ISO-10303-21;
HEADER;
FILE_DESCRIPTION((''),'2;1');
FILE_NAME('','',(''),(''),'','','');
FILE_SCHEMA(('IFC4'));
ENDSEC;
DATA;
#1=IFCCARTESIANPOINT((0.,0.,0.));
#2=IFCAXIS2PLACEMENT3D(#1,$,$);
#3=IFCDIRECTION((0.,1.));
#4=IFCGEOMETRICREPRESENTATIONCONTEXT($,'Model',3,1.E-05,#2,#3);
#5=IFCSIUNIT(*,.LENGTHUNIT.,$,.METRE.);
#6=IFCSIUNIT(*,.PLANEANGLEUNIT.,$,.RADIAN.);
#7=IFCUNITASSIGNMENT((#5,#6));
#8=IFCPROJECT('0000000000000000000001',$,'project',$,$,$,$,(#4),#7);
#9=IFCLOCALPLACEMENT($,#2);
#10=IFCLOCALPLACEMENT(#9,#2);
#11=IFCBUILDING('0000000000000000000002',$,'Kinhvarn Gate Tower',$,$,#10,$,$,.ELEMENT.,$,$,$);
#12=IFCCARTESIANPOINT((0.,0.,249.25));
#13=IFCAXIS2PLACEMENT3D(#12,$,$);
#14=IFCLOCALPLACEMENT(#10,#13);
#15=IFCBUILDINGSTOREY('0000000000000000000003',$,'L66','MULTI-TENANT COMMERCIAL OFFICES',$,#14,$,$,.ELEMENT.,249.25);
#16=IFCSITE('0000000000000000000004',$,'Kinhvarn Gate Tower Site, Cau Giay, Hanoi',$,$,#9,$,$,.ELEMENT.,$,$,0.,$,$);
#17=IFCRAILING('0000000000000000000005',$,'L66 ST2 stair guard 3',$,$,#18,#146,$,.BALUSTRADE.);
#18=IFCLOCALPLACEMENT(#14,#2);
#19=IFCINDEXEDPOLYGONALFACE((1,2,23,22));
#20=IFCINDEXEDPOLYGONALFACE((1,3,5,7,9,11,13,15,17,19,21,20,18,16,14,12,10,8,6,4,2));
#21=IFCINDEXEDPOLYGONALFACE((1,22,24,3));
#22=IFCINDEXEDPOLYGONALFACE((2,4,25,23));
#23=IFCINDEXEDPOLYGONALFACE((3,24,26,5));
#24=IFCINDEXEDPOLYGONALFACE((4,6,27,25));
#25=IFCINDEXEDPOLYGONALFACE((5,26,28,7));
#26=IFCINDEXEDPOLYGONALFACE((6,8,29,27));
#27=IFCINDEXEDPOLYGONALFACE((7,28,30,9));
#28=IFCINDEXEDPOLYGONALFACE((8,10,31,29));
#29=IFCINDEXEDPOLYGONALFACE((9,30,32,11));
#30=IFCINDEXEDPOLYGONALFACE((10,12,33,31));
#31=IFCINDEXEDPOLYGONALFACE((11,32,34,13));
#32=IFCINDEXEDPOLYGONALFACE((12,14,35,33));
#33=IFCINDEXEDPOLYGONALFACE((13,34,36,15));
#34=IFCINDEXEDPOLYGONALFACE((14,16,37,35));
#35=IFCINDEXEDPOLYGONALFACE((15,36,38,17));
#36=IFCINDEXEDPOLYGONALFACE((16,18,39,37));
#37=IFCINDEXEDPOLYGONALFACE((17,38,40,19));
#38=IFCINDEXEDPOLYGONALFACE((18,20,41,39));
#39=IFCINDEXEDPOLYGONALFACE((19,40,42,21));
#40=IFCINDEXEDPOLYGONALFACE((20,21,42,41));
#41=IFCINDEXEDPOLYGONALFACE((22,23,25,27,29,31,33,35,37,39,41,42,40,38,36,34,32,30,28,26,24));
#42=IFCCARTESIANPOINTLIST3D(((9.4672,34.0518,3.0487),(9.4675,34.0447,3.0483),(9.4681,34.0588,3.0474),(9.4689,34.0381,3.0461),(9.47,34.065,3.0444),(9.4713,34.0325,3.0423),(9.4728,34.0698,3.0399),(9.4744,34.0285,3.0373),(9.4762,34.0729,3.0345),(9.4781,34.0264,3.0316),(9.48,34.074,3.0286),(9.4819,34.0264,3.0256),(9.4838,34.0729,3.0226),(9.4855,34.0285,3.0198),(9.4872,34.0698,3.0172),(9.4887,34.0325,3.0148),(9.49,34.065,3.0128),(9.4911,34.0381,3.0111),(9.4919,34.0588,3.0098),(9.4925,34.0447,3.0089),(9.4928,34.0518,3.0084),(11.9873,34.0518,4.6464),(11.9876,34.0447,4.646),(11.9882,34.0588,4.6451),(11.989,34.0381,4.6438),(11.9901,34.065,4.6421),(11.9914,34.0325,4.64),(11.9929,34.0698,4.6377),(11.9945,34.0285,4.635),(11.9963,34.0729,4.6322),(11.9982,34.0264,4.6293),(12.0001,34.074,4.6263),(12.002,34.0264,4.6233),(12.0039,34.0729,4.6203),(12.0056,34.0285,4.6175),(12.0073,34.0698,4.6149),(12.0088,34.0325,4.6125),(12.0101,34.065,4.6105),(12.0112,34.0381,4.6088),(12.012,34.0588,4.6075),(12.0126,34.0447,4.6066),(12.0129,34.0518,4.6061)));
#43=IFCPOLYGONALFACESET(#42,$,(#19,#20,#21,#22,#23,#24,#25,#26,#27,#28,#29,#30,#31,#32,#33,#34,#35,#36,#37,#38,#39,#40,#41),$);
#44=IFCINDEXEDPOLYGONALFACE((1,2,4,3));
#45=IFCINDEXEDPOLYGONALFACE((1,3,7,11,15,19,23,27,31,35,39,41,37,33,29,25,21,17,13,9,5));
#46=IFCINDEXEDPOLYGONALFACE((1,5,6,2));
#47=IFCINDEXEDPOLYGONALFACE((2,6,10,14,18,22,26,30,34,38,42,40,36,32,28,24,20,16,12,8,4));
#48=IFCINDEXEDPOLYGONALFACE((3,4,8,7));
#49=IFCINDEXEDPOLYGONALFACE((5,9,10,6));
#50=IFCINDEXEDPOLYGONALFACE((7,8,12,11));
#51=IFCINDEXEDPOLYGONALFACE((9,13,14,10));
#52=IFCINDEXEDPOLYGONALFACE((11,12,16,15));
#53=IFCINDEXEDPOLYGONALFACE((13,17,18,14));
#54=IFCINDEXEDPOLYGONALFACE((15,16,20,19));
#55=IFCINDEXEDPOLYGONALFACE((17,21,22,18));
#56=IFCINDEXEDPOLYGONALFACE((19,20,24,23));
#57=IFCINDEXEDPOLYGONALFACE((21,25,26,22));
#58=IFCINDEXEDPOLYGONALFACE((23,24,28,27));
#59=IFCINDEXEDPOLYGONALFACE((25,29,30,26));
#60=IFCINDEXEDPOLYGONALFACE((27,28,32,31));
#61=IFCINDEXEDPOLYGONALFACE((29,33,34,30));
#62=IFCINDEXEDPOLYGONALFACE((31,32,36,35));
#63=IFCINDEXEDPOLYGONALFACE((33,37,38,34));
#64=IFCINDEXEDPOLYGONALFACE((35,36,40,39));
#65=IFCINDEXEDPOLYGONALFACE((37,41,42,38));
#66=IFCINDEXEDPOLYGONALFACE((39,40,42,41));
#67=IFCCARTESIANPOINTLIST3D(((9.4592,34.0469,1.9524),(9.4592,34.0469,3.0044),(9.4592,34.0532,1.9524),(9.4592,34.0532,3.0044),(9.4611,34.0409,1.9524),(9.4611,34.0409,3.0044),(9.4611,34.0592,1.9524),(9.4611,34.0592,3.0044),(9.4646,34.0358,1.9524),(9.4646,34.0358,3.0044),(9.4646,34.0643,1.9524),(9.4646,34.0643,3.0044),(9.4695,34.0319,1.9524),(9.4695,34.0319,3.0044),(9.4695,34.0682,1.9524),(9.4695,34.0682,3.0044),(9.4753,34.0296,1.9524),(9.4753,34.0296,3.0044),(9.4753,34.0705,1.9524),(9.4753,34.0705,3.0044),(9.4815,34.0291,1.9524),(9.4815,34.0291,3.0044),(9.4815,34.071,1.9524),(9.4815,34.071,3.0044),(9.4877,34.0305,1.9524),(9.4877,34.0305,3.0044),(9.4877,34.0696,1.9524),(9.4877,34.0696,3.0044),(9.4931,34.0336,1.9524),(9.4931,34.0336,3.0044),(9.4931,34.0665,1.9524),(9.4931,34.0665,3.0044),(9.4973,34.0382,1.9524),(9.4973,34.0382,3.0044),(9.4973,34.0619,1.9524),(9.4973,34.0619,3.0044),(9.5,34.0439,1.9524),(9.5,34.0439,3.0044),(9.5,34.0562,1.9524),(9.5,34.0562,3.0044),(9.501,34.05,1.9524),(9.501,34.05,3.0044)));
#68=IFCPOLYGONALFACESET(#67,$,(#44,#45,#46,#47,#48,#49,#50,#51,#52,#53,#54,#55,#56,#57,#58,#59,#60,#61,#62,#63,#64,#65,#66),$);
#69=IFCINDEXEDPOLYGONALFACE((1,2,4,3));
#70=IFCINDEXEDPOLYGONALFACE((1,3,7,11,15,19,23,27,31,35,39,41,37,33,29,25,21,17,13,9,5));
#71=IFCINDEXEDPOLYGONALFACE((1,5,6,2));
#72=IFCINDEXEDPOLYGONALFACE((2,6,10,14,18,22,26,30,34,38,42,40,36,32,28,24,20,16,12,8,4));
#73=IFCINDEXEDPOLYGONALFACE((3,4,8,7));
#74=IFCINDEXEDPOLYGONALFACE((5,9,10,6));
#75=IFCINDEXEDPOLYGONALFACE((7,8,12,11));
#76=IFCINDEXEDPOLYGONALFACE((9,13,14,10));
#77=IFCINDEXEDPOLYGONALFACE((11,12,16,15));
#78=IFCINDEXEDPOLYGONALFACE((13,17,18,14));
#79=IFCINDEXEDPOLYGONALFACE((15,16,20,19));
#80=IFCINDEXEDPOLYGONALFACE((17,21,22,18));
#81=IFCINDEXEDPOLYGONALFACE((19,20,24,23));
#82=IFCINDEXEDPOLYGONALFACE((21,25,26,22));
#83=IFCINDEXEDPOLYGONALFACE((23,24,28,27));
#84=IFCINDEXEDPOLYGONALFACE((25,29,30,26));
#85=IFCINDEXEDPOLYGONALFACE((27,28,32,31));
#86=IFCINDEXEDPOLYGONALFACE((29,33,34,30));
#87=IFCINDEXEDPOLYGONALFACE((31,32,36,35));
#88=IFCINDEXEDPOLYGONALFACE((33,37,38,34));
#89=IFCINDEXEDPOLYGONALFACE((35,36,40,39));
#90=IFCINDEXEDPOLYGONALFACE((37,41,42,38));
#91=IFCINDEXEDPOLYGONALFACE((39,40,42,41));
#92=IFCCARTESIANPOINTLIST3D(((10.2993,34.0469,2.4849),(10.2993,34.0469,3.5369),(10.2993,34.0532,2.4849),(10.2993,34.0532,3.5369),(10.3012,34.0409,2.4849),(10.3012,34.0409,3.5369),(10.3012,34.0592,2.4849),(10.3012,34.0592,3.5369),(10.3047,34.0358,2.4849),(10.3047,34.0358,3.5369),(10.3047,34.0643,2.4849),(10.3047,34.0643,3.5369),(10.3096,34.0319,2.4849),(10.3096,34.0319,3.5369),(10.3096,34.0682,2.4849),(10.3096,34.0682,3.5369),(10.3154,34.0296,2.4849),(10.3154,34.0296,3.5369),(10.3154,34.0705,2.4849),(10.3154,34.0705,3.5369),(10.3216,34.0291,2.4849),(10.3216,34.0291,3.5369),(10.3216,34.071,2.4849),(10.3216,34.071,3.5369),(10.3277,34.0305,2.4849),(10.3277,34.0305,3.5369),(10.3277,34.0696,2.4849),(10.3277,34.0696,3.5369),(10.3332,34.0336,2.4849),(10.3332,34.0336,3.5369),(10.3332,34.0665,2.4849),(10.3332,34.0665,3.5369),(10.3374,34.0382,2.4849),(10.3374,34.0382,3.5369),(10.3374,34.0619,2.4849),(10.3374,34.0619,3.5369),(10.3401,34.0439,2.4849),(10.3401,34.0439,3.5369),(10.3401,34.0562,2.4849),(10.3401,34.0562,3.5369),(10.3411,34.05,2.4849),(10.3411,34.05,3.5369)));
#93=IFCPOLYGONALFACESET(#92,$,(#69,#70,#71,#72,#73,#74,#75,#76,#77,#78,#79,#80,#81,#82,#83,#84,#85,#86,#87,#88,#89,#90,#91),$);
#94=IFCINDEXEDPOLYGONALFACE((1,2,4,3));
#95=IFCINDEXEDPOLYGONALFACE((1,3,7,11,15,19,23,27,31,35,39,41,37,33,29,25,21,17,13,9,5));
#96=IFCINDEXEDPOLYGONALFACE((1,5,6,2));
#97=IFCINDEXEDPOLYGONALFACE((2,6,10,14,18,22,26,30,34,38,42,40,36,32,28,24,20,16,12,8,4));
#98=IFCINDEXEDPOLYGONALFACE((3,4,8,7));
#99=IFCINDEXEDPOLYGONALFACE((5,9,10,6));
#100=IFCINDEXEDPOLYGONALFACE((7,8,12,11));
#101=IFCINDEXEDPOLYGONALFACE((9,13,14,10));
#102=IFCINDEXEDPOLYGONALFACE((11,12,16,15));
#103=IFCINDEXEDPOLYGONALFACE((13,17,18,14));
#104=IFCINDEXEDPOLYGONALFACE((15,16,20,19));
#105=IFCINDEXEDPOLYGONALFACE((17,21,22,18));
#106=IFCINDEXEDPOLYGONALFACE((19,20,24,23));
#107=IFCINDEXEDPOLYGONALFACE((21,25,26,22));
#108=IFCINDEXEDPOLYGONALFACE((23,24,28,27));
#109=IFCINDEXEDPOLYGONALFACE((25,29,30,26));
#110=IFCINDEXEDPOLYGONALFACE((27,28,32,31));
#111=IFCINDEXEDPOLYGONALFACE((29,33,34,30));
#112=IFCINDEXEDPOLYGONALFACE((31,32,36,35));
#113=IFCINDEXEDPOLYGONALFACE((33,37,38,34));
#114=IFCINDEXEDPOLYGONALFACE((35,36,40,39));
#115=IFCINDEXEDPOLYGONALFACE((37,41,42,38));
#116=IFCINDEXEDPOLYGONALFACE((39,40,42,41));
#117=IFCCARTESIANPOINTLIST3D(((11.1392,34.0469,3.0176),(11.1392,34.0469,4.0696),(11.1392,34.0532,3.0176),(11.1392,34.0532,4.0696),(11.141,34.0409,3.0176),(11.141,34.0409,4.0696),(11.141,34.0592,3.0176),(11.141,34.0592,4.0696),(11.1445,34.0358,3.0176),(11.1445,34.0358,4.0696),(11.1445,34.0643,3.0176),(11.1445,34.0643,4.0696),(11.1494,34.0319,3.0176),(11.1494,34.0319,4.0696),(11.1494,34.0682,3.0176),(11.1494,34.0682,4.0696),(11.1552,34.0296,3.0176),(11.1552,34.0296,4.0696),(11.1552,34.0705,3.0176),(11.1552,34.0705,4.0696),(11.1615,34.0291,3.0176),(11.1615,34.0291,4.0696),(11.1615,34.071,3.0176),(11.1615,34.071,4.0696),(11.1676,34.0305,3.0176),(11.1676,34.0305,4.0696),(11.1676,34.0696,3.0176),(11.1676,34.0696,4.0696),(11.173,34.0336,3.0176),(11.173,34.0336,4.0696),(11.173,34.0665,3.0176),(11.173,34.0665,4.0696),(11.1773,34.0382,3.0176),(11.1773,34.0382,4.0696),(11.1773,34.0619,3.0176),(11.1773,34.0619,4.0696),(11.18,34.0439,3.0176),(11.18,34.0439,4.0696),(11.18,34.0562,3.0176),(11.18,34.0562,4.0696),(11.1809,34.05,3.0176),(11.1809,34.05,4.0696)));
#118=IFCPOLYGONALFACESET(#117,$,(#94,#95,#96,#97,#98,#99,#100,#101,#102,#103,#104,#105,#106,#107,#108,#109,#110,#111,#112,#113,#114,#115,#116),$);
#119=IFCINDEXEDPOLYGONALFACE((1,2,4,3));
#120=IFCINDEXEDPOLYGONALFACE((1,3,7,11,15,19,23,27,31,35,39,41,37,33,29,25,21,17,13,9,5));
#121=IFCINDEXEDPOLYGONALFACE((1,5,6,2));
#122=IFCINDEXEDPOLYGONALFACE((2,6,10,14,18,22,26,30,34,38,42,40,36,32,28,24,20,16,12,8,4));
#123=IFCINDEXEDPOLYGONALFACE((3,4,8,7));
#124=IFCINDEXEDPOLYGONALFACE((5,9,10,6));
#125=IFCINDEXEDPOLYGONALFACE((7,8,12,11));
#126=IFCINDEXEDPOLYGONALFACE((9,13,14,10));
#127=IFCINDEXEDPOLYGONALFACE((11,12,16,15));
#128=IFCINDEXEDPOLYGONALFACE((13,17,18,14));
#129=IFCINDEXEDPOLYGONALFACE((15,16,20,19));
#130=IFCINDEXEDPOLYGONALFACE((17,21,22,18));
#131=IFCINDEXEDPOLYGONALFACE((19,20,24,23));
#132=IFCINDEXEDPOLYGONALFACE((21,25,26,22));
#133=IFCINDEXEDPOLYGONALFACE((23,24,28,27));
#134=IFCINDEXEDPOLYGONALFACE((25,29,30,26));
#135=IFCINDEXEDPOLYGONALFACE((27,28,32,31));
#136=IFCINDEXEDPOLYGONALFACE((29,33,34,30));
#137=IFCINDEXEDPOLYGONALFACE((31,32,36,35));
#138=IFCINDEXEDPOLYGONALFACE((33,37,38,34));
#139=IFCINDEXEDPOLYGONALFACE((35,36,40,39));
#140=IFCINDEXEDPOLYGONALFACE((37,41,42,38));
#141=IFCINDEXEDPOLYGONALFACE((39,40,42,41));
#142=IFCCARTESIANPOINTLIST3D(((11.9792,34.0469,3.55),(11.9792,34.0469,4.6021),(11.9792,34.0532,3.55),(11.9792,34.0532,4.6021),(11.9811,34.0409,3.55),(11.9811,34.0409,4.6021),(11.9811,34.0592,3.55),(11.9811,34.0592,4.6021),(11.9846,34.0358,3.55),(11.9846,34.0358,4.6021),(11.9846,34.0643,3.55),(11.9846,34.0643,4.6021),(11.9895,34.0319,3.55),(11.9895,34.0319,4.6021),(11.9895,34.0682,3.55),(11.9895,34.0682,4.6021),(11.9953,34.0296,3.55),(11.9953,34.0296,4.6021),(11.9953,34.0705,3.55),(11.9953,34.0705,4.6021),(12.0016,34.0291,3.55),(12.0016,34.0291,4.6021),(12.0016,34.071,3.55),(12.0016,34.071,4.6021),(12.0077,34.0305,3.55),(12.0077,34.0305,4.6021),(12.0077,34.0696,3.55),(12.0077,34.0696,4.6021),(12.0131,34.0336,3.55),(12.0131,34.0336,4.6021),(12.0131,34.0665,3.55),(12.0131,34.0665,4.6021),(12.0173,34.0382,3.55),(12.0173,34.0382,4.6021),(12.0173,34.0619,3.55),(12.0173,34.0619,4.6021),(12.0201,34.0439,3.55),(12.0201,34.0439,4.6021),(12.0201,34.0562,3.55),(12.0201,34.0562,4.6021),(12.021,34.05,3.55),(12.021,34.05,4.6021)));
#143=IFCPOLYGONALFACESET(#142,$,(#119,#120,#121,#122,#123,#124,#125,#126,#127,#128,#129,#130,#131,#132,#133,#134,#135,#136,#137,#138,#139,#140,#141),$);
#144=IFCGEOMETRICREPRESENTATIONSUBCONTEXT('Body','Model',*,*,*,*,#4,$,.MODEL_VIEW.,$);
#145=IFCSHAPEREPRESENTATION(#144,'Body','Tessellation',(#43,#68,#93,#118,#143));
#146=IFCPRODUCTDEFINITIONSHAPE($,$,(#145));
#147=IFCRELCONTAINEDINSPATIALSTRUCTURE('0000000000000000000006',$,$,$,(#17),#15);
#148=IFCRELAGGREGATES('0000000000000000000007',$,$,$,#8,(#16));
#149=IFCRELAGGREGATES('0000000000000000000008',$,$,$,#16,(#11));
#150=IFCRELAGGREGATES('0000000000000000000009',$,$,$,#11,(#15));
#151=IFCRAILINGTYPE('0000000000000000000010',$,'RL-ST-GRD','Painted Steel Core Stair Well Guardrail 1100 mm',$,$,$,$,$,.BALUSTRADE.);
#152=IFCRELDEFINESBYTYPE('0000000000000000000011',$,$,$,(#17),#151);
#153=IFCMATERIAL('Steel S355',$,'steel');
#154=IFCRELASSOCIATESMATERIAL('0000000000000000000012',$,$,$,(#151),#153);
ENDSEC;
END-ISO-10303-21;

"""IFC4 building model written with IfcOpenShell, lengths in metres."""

from ifc_helpers import new_model, si_unit, direction, frame, origin, origin_2d, place, context, subcontext, project, spatial, circle, extrude, material, type_object, element, save


model = new_model("IFC4")

# Units and contexts
model_context = context("Model", 3, precision=1e-05, world=origin(), true_north=direction((0.0, 1.0)))
body_context = subcontext(model_context, "Body", "Model", "MODEL_VIEW")
ifc_project = project(units=[si_unit("LENGTHUNIT", "METRE"), si_unit("PLANEANGLEUNIT", "RADIAN")], contexts=[model_context])

# Site, building, storey
site_placement = place(None, origin())
site = spatial("IfcSite", under=ifc_project, at=site_placement, Name="Kinhvarn Gate Tower Site, Cau Giay, Hanoi", CompositionType="ELEMENT", RefElevation=0.0)
building_placement = place(site_placement, origin())
building = spatial("IfcBuilding", under=site, at=building_placement, Name="Kinhvarn Gate Tower", CompositionType="ELEMENT")
storey_placement = place(building_placement, frame((0.0, 0.0, 249.25)))
storey = spatial("IfcBuildingStorey", under=building, at=storey_placement, Name="L66", Description="MULTI-TENANT COMMERCIAL OFFICES", CompositionType="ELEMENT", Elevation=249.25)

# Railing
ifc_material_1 = material(Name="Steel S355", Category="steel")
railing_type_1 = type_object("IfcRailingType", Name="RL-ST-GRD", Description="Painted Steel Core Stair Well Guardrail 1100 mm", PredefinedType="BALUSTRADE", material=ifc_material_1)
railing_1_placement = place(storey_placement, frame((9.48, 34.05, 1.9524)))
element("IfcRailing", 1, at=railing_1_placement, inside=storey, type_object=railing_type_1, Name="L66 ST2 stair guard 3", PredefinedType="BALUSTRADE", context=body_context, shape_type="SweptSolid", body=[
    extrude(circle(Radius=0.0239, at=origin_2d()), frame((0.0, 0.0, 1.0762), z_axis=(0.84457, 0.0, 0.535445), x_axis=(0.0, 1.0, 0.0)), (0.0, 0.0, 1.0), 2.9839),
    extrude(circle(Radius=0.021, at=origin_2d()), origin(), (0.0, 0.0, 1.0), 1.052),
    extrude(circle(Radius=0.021, at=origin_2d()), frame((0.8401, 0.0, 0.5325)), (0.0, 0.0, 1.0), 1.052),
    extrude(circle(Radius=0.021, at=origin_2d()), frame((1.6799, 0.0, 1.0652)), (0.0, 0.0, 1.0), 1.052),
    extrude(circle(Radius=0.021, at=origin_2d()), frame((2.52, 0.0, 1.5977)), (0.0, 0.0, 1.0), 1.052),
])

save(model, "model.ifc")
